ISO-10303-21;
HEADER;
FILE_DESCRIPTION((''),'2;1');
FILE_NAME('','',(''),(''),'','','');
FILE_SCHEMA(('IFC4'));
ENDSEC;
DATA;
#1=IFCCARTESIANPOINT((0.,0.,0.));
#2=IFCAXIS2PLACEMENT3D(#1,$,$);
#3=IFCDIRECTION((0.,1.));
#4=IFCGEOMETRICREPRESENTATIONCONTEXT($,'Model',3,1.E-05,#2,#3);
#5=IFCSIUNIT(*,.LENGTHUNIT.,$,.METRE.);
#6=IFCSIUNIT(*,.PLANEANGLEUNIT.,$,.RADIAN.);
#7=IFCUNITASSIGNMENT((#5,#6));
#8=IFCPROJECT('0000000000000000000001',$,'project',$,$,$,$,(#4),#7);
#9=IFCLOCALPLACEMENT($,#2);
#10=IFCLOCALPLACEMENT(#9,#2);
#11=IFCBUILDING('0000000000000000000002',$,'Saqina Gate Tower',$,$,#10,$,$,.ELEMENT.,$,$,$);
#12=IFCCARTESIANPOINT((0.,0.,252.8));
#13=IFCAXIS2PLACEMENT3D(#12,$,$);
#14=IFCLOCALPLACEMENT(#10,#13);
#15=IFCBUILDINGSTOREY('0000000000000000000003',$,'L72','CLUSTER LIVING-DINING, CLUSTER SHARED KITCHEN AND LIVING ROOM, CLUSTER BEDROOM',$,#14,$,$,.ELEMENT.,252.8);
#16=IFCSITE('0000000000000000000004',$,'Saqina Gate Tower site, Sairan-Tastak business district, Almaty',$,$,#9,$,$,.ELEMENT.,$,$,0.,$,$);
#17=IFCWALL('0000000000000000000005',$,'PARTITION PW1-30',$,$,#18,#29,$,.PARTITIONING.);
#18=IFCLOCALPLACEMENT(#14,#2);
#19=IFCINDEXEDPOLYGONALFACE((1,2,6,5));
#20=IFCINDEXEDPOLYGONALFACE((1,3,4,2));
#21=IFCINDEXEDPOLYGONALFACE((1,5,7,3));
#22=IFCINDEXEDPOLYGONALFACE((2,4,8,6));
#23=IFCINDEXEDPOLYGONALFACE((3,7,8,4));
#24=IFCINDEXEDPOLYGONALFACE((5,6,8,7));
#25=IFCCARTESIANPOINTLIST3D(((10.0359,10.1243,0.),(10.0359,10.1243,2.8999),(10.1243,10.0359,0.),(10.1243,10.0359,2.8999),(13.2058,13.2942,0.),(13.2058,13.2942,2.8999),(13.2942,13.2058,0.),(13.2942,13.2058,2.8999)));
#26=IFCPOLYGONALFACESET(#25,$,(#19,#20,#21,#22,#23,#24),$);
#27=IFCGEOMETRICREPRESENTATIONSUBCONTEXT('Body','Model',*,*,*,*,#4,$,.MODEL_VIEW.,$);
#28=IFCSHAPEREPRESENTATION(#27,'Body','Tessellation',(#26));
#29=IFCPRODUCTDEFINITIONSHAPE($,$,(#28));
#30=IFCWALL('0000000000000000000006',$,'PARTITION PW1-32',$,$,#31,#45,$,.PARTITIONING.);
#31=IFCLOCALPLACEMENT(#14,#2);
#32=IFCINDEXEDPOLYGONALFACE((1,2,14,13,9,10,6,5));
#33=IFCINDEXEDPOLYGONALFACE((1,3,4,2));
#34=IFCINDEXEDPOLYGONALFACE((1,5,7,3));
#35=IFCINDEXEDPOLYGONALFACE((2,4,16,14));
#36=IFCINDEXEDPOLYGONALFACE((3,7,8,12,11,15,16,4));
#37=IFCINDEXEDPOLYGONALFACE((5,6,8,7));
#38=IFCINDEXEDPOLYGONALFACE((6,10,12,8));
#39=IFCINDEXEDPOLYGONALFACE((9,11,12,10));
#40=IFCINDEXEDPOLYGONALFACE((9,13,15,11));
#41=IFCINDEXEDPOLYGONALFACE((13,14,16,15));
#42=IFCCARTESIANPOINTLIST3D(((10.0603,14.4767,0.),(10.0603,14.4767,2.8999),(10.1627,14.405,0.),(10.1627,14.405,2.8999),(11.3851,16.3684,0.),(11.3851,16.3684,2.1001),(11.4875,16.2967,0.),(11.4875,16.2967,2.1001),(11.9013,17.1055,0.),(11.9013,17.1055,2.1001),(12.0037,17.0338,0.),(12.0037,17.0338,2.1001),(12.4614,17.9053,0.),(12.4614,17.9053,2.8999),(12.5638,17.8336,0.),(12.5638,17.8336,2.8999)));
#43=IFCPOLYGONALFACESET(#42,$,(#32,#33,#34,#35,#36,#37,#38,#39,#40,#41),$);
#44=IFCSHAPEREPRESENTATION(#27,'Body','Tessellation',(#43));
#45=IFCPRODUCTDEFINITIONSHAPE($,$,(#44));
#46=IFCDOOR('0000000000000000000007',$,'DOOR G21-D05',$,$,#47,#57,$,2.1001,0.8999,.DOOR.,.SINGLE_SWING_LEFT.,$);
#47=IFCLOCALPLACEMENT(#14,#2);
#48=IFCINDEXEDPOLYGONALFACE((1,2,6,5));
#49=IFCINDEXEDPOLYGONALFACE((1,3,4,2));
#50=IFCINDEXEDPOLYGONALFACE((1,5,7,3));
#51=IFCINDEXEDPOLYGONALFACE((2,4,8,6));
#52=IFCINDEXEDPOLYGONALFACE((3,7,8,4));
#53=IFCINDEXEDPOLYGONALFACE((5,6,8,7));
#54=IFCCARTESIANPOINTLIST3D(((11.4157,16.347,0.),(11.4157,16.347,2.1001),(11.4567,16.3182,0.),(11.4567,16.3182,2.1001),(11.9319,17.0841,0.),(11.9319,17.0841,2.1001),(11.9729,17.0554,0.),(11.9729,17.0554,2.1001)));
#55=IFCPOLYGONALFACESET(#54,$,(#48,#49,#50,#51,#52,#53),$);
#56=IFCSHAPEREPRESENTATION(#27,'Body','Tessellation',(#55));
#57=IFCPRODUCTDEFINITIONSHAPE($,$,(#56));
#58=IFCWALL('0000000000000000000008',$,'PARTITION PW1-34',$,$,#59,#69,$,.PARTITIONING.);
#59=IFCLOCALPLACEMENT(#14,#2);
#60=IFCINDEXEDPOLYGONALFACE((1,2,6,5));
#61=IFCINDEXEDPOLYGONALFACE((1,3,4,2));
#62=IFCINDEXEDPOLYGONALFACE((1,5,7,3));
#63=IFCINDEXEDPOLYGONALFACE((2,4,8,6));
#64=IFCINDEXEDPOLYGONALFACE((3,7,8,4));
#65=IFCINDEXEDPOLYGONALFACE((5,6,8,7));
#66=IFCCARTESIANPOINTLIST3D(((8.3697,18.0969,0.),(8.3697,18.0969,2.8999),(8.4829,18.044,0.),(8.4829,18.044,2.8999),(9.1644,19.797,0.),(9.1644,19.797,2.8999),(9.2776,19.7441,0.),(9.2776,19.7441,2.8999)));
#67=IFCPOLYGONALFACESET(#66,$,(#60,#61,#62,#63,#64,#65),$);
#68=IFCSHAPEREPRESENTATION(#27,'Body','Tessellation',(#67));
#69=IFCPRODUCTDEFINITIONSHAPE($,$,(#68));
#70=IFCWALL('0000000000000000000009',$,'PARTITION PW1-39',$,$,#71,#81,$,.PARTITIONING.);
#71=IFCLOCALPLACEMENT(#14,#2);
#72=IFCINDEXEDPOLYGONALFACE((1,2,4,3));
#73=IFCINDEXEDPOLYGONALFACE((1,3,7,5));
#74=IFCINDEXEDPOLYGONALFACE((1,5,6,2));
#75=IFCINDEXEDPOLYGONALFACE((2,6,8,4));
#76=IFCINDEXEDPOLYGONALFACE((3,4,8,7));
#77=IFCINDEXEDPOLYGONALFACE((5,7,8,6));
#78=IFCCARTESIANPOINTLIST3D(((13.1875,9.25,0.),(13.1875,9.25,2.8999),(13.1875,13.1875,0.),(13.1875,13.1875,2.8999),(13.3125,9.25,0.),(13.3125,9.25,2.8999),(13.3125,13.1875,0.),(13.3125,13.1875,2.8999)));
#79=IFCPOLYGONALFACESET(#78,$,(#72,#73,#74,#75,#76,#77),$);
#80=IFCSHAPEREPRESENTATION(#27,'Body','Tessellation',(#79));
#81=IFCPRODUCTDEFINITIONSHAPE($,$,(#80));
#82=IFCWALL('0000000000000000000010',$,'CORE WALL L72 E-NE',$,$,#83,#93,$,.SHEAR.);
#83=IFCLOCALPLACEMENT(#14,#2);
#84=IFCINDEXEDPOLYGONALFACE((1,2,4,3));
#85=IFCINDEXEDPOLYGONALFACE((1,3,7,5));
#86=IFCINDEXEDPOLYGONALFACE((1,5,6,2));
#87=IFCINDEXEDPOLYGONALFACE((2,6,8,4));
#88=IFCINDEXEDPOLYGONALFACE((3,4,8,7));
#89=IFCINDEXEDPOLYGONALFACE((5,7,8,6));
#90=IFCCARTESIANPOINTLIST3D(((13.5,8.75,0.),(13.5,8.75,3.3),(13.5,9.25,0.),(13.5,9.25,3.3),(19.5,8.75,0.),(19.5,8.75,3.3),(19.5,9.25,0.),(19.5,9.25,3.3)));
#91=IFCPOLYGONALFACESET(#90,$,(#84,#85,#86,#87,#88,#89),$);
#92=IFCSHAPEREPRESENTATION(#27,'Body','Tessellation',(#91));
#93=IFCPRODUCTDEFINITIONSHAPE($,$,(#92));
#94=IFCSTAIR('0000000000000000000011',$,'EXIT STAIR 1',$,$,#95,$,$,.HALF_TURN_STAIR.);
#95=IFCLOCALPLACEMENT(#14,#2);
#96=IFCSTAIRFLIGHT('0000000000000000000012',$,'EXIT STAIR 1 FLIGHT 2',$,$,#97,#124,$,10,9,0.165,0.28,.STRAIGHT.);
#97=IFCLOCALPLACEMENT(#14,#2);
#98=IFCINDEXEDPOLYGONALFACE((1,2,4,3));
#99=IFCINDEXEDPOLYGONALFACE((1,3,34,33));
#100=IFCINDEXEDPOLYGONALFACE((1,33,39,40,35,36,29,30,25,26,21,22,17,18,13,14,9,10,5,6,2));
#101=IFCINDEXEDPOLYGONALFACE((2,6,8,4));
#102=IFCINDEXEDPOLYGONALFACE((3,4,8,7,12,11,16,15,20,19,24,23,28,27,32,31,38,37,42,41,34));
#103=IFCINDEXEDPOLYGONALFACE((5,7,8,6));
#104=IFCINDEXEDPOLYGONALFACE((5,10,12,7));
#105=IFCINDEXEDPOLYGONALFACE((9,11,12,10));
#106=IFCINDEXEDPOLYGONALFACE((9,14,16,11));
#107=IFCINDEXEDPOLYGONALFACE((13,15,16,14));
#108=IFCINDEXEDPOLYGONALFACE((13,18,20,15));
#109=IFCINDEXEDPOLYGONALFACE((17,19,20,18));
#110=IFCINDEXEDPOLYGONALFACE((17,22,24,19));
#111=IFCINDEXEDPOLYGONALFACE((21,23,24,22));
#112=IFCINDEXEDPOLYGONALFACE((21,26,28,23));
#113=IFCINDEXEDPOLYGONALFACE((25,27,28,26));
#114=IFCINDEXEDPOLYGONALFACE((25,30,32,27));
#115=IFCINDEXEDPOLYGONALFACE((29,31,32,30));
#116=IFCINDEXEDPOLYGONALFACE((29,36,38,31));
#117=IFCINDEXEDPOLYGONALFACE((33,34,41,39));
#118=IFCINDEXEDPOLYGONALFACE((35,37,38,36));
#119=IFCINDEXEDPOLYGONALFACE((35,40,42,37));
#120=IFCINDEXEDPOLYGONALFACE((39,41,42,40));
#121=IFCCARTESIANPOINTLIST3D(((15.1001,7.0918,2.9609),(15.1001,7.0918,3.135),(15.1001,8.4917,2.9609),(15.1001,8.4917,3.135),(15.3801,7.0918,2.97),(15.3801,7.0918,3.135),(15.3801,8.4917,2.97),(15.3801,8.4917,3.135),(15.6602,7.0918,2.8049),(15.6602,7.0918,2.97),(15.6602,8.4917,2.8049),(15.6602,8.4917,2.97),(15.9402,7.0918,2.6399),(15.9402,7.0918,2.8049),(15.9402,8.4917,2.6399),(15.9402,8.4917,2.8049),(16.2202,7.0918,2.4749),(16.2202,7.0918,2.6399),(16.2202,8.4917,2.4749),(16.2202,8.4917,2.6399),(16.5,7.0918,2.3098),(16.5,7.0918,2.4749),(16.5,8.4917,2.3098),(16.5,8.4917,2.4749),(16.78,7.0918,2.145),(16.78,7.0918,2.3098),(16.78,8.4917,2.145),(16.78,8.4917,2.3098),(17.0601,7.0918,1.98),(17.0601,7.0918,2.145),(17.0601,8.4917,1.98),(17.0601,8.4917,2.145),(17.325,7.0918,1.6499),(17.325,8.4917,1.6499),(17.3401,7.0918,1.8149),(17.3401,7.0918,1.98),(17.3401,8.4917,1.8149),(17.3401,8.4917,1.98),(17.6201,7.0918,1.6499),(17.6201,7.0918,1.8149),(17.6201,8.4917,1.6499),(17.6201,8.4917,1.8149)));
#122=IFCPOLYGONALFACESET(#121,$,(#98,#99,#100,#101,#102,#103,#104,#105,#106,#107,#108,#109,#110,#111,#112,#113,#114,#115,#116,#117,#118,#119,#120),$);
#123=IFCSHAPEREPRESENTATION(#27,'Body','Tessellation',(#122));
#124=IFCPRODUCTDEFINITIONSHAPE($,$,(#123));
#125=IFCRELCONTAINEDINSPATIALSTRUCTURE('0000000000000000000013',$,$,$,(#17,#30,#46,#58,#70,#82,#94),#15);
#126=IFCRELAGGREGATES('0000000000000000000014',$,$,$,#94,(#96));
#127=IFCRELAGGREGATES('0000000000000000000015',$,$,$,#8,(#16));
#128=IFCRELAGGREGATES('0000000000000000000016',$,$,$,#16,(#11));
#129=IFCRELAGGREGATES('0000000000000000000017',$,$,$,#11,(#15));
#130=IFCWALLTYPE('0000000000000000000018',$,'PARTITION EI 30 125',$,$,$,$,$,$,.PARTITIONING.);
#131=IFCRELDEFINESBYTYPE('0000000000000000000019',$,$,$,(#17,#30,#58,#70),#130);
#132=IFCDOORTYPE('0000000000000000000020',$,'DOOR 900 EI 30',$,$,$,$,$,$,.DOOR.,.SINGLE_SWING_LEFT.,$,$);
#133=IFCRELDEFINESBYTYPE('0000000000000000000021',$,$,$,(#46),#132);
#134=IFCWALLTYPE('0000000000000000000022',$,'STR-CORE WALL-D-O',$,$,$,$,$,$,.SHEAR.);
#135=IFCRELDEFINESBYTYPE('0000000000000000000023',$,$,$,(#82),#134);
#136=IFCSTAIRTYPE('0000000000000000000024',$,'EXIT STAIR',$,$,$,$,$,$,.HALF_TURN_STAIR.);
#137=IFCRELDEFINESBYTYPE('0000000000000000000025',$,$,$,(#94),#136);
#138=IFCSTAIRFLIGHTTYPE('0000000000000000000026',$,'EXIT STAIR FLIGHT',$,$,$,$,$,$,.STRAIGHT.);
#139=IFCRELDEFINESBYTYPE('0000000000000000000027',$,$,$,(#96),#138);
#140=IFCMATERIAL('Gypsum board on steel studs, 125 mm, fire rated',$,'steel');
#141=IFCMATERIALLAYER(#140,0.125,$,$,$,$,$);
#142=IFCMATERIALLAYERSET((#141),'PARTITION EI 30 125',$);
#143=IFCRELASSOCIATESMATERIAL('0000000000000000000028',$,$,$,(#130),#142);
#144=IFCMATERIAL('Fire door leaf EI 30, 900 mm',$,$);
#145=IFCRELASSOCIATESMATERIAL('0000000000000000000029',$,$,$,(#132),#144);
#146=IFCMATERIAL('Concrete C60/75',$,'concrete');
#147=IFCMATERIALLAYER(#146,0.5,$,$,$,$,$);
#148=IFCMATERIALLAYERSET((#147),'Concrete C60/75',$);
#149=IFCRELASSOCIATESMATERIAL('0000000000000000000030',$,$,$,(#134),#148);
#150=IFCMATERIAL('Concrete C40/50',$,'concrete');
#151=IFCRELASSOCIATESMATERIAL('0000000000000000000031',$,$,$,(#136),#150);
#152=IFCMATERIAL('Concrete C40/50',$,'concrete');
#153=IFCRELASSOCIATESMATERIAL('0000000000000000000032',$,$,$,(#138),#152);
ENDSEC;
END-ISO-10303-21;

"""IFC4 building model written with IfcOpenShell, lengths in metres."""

from ifc_helpers import new_model, si_unit, direction, frame, frame_2d, origin, place, context, subcontext, project, spatial, polyline, rectangle, outline, extrude, material, layer, layer_set, type_object, element, fill, aggregate, save


model = new_model("IFC4")

# Units and contexts
model_context = context("Model", 3, precision=1e-05, world=origin(), true_north=direction((0.0, 1.0)))
body_context = subcontext(model_context, "Body", "Model", "MODEL_VIEW")
ifc_project = project(units=[si_unit("LENGTHUNIT", "METRE"), si_unit("PLANEANGLEUNIT", "RADIAN")], contexts=[model_context])

# Site, building, storey
site_placement = place(None, origin())
site = spatial("IfcSite", under=ifc_project, at=site_placement, Name="Saqina Gate Tower site, Sairan-Tastak business district, Almaty", CompositionType="ELEMENT", RefElevation=0.0)
building_placement = place(site_placement, origin())
building = spatial("IfcBuilding", under=site, at=building_placement, Name="Saqina Gate Tower", CompositionType="ELEMENT")
storey_placement = place(building_placement, frame((0.0, 0.0, 252.8)))
storey = spatial("IfcBuildingStorey", under=building, at=storey_placement, Name="L72", Description="CLUSTER LIVING-DINING, CLUSTER SHARED KITCHEN AND LIVING ROOM, CLUSTER BEDROOM", CompositionType="ELEMENT", Elevation=252.8)

# Wall
ifc_material_1 = material(Name="Gypsum board on steel studs, 125 mm, fire rated", Category="steel")
ifc_layer_1 = layer(ifc_material_1, 0.125)
ifc_layer_set_1 = layer_set([ifc_layer_1], Name="PARTITION EI 30 125")
wall_type_1 = type_object("IfcWallType", Name="PARTITION EI 30 125", PredefinedType="PARTITIONING", material=ifc_layer_set_1)
wall_1_placement = place(storey_placement, frame((10.0801, 10.0801, 0.0), z_axis=(0.0, 0.0, 1.0), x_axis=(0.707107, 0.707107, 0.0)))
element("IfcWall", 1, at=wall_1_placement, inside=storey, type_object=wall_type_1, Name="PARTITION PW1-30", PredefinedType="PARTITIONING", context=body_context, shape_type="SweptSolid", body=[
    extrude(rectangle(XDim=4.4829, YDim=0.125, at=frame_2d((2.2415, 0.0))), origin(), (0.0, 0.0, 1.0), 2.8999),
])

# Wall, opening, door
wall_2_placement = place(storey_placement, frame((10.1116, 14.4409, 0.0), z_axis=(0.0, 0.0, 1.0), x_axis=(0.573627, 0.819117, 0.0)))
wall_2 = element("IfcWall", 2, at=wall_2_placement, inside=storey, type_object=wall_type_1, Name="PARTITION PW1-32", PredefinedType="PARTITIONING", context=body_context, shape_type="SweptSolid", body=[
    extrude(rectangle(XDim=4.1858, YDim=0.125, at=frame_2d((2.0928, 0.0))), origin(), (0.0, 0.0, 1.0), 2.8999),
])
opening_1_placement = place(wall_2_placement, frame((2.3093, 0.0, 0.0)))
opening_1 = element("IfcOpeningElement", 3, at=opening_1_placement, cuts=wall_2, PredefinedType="OPENING", context=body_context, shape_type="SweptSolid", body=[
    extrude(rectangle(XDim=0.8999, YDim=2.1001, at=frame_2d((0.45, 1.05))), frame((0.0, 0.0745, 0.0), z_axis=(0.0, -1.0, 0.0), x_axis=(1.0, 0.0, 0.0)), (0.0, 0.0, 1.0), 0.1489),
])
ifc_material_2 = material(Name="Fire door leaf EI 30, 900 mm")
door_type_1 = type_object("IfcDoorType", Name="DOOR 900 EI 30", OperationType="SINGLE_SWING_LEFT", PredefinedType="DOOR", material=ifc_material_2)
door_1_placement = place(opening_1_placement, frame((0.8999, 0.0, 0.0), z_axis=(0.0, 0.0, 1.0), x_axis=(-1.0, 0.0, 0.0)))
door_1 = element("IfcDoor", 4, at=door_1_placement, inside=storey, type_object=door_type_1, Name="DOOR G21-D05", OperationType="SINGLE_SWING_LEFT", OverallHeight=2.1001, OverallWidth=0.8999, PredefinedType="DOOR", context=body_context, shape_type="SweptSolid", body=[
    extrude(rectangle(XDim=0.8999, YDim=2.1001, at=frame_2d((0.45, 1.05))), frame((0.0, 0.0249, 0.0), z_axis=(0.0, -1.0, 0.0), x_axis=(1.0, 0.0, 0.0)), (0.0, 0.0, 1.0), 0.05),
])
fill(opening_1, door_1)

# Walls
wall_3_placement = place(storey_placement, frame((8.4263, 18.0703, 0.0), z_axis=(0.0, 0.0, 1.0), x_axis=(0.423434, 0.905927, 0.0)))
element("IfcWall", 5, at=wall_3_placement, inside=storey, type_object=wall_type_1, Name="PARTITION PW1-34", PredefinedType="PARTITIONING", context=body_context, shape_type="SweptSolid", body=[
    extrude(rectangle(XDim=1.8767, YDim=0.125, at=frame_2d((0.9385, 0.0))), origin(), (0.0, 0.0, 1.0), 2.8999),
])
wall_4_placement = place(storey_placement, frame((13.25, 9.25, 0.0), z_axis=(0.0, 0.0, 1.0), x_axis=(0.0, 1.0, 0.0)))
element("IfcWall", 6, at=wall_4_placement, inside=storey, type_object=wall_type_1, Name="PARTITION PW1-39", PredefinedType="PARTITIONING", context=body_context, shape_type="SweptSolid", body=[
    extrude(rectangle(XDim=3.9375, YDim=0.125, at=frame_2d((1.9688, 0.0))), origin(), (0.0, 0.0, 1.0), 2.8999),
])
ifc_material_3 = material(Name="Concrete C60/75", Category="concrete")
ifc_layer_2 = layer(ifc_material_3, 0.5)
ifc_layer_set_2 = layer_set([ifc_layer_2], Name="Concrete C60/75")
wall_type_2 = type_object("IfcWallType", Name="STR-CORE WALL-D-O", PredefinedType="SHEAR", material=ifc_layer_set_2)
wall_5_placement = place(storey_placement, frame((13.5, 9.0, 0.0), z_axis=(0.0, 0.0, 1.0), x_axis=(1.0, 0.0, 0.0)))
element("IfcWall", 7, at=wall_5_placement, inside=storey, type_object=wall_type_2, Name="CORE WALL L72 E-NE", PredefinedType="SHEAR", context=body_context, shape_type="SweptSolid", body=[
    extrude(rectangle(XDim=6.0, YDim=0.5, at=frame_2d((3.0, 0.0))), origin(), (0.0, 0.0, 1.0), 3.3),
])

# Stair, stair flight
ifc_material_4 = material(Name="Concrete C40/50", Category="concrete")
stair_type = type_object("IfcStairType", Name="EXIT STAIR", PredefinedType="HALF_TURN_STAIR", material=ifc_material_4)
stair_placement = place(storey_placement, origin())
stair = element("IfcStair", 8, at=stair_placement, inside=storey, type_object=stair_type, Name="EXIT STAIR 1", PredefinedType="HALF_TURN_STAIR")
ifc_material_5 = material(Name="Concrete C40/50", Category="concrete")
stair_flight_type = type_object("IfcStairFlightType", Name="EXIT STAIR FLIGHT", PredefinedType="STRAIGHT", material=ifc_material_5)
stair_flight_placement = place(storey_placement, frame((17.6201, 7.7917, 1.6499), z_axis=(0.0, 0.0, 1.0), x_axis=(-1.0, 0.0, 0.0)))
stair_flight = element("IfcStairFlight", 9, at=stair_flight_placement, type_object=stair_flight_type, Name="EXIT STAIR 1 FLIGHT 2", NumberOfRisers=10, NumberOfTreads=9, PredefinedType="STRAIGHT", RiserHeight=0.165, TreadLength=0.28, context=body_context, shape_type="SweptSolid", body=[
    extrude(outline(polyline([(0.0, 0.0), (0.0, 0.165), (0.28, 0.165), (0.28, 0.3301), (0.5601, 0.3301), (0.5601, 0.4951), (0.8401, 0.4951), (0.8401, 0.6599), (1.1201, 0.6599), (1.1201, 0.825), (1.3999, 0.825), (1.3999, 0.99), (1.6799, 0.99), (1.6799, 1.155), (1.96, 1.155), (1.96, 1.3201), (2.24, 1.3201), (2.24, 1.4851), (2.52, 1.4851), (2.52, 1.6499), (2.52, 1.311), (0.2952, 0.0), (0.0, 0.0)])), frame((0.0, 0.7, 0.0), z_axis=(0.0, -1.0, 0.0), x_axis=(1.0, 0.0, 0.0)), (0.0, 0.0, 1.0), 1.3999),
])
aggregate(stair, [stair_flight])

save(model, "model.ifc")
